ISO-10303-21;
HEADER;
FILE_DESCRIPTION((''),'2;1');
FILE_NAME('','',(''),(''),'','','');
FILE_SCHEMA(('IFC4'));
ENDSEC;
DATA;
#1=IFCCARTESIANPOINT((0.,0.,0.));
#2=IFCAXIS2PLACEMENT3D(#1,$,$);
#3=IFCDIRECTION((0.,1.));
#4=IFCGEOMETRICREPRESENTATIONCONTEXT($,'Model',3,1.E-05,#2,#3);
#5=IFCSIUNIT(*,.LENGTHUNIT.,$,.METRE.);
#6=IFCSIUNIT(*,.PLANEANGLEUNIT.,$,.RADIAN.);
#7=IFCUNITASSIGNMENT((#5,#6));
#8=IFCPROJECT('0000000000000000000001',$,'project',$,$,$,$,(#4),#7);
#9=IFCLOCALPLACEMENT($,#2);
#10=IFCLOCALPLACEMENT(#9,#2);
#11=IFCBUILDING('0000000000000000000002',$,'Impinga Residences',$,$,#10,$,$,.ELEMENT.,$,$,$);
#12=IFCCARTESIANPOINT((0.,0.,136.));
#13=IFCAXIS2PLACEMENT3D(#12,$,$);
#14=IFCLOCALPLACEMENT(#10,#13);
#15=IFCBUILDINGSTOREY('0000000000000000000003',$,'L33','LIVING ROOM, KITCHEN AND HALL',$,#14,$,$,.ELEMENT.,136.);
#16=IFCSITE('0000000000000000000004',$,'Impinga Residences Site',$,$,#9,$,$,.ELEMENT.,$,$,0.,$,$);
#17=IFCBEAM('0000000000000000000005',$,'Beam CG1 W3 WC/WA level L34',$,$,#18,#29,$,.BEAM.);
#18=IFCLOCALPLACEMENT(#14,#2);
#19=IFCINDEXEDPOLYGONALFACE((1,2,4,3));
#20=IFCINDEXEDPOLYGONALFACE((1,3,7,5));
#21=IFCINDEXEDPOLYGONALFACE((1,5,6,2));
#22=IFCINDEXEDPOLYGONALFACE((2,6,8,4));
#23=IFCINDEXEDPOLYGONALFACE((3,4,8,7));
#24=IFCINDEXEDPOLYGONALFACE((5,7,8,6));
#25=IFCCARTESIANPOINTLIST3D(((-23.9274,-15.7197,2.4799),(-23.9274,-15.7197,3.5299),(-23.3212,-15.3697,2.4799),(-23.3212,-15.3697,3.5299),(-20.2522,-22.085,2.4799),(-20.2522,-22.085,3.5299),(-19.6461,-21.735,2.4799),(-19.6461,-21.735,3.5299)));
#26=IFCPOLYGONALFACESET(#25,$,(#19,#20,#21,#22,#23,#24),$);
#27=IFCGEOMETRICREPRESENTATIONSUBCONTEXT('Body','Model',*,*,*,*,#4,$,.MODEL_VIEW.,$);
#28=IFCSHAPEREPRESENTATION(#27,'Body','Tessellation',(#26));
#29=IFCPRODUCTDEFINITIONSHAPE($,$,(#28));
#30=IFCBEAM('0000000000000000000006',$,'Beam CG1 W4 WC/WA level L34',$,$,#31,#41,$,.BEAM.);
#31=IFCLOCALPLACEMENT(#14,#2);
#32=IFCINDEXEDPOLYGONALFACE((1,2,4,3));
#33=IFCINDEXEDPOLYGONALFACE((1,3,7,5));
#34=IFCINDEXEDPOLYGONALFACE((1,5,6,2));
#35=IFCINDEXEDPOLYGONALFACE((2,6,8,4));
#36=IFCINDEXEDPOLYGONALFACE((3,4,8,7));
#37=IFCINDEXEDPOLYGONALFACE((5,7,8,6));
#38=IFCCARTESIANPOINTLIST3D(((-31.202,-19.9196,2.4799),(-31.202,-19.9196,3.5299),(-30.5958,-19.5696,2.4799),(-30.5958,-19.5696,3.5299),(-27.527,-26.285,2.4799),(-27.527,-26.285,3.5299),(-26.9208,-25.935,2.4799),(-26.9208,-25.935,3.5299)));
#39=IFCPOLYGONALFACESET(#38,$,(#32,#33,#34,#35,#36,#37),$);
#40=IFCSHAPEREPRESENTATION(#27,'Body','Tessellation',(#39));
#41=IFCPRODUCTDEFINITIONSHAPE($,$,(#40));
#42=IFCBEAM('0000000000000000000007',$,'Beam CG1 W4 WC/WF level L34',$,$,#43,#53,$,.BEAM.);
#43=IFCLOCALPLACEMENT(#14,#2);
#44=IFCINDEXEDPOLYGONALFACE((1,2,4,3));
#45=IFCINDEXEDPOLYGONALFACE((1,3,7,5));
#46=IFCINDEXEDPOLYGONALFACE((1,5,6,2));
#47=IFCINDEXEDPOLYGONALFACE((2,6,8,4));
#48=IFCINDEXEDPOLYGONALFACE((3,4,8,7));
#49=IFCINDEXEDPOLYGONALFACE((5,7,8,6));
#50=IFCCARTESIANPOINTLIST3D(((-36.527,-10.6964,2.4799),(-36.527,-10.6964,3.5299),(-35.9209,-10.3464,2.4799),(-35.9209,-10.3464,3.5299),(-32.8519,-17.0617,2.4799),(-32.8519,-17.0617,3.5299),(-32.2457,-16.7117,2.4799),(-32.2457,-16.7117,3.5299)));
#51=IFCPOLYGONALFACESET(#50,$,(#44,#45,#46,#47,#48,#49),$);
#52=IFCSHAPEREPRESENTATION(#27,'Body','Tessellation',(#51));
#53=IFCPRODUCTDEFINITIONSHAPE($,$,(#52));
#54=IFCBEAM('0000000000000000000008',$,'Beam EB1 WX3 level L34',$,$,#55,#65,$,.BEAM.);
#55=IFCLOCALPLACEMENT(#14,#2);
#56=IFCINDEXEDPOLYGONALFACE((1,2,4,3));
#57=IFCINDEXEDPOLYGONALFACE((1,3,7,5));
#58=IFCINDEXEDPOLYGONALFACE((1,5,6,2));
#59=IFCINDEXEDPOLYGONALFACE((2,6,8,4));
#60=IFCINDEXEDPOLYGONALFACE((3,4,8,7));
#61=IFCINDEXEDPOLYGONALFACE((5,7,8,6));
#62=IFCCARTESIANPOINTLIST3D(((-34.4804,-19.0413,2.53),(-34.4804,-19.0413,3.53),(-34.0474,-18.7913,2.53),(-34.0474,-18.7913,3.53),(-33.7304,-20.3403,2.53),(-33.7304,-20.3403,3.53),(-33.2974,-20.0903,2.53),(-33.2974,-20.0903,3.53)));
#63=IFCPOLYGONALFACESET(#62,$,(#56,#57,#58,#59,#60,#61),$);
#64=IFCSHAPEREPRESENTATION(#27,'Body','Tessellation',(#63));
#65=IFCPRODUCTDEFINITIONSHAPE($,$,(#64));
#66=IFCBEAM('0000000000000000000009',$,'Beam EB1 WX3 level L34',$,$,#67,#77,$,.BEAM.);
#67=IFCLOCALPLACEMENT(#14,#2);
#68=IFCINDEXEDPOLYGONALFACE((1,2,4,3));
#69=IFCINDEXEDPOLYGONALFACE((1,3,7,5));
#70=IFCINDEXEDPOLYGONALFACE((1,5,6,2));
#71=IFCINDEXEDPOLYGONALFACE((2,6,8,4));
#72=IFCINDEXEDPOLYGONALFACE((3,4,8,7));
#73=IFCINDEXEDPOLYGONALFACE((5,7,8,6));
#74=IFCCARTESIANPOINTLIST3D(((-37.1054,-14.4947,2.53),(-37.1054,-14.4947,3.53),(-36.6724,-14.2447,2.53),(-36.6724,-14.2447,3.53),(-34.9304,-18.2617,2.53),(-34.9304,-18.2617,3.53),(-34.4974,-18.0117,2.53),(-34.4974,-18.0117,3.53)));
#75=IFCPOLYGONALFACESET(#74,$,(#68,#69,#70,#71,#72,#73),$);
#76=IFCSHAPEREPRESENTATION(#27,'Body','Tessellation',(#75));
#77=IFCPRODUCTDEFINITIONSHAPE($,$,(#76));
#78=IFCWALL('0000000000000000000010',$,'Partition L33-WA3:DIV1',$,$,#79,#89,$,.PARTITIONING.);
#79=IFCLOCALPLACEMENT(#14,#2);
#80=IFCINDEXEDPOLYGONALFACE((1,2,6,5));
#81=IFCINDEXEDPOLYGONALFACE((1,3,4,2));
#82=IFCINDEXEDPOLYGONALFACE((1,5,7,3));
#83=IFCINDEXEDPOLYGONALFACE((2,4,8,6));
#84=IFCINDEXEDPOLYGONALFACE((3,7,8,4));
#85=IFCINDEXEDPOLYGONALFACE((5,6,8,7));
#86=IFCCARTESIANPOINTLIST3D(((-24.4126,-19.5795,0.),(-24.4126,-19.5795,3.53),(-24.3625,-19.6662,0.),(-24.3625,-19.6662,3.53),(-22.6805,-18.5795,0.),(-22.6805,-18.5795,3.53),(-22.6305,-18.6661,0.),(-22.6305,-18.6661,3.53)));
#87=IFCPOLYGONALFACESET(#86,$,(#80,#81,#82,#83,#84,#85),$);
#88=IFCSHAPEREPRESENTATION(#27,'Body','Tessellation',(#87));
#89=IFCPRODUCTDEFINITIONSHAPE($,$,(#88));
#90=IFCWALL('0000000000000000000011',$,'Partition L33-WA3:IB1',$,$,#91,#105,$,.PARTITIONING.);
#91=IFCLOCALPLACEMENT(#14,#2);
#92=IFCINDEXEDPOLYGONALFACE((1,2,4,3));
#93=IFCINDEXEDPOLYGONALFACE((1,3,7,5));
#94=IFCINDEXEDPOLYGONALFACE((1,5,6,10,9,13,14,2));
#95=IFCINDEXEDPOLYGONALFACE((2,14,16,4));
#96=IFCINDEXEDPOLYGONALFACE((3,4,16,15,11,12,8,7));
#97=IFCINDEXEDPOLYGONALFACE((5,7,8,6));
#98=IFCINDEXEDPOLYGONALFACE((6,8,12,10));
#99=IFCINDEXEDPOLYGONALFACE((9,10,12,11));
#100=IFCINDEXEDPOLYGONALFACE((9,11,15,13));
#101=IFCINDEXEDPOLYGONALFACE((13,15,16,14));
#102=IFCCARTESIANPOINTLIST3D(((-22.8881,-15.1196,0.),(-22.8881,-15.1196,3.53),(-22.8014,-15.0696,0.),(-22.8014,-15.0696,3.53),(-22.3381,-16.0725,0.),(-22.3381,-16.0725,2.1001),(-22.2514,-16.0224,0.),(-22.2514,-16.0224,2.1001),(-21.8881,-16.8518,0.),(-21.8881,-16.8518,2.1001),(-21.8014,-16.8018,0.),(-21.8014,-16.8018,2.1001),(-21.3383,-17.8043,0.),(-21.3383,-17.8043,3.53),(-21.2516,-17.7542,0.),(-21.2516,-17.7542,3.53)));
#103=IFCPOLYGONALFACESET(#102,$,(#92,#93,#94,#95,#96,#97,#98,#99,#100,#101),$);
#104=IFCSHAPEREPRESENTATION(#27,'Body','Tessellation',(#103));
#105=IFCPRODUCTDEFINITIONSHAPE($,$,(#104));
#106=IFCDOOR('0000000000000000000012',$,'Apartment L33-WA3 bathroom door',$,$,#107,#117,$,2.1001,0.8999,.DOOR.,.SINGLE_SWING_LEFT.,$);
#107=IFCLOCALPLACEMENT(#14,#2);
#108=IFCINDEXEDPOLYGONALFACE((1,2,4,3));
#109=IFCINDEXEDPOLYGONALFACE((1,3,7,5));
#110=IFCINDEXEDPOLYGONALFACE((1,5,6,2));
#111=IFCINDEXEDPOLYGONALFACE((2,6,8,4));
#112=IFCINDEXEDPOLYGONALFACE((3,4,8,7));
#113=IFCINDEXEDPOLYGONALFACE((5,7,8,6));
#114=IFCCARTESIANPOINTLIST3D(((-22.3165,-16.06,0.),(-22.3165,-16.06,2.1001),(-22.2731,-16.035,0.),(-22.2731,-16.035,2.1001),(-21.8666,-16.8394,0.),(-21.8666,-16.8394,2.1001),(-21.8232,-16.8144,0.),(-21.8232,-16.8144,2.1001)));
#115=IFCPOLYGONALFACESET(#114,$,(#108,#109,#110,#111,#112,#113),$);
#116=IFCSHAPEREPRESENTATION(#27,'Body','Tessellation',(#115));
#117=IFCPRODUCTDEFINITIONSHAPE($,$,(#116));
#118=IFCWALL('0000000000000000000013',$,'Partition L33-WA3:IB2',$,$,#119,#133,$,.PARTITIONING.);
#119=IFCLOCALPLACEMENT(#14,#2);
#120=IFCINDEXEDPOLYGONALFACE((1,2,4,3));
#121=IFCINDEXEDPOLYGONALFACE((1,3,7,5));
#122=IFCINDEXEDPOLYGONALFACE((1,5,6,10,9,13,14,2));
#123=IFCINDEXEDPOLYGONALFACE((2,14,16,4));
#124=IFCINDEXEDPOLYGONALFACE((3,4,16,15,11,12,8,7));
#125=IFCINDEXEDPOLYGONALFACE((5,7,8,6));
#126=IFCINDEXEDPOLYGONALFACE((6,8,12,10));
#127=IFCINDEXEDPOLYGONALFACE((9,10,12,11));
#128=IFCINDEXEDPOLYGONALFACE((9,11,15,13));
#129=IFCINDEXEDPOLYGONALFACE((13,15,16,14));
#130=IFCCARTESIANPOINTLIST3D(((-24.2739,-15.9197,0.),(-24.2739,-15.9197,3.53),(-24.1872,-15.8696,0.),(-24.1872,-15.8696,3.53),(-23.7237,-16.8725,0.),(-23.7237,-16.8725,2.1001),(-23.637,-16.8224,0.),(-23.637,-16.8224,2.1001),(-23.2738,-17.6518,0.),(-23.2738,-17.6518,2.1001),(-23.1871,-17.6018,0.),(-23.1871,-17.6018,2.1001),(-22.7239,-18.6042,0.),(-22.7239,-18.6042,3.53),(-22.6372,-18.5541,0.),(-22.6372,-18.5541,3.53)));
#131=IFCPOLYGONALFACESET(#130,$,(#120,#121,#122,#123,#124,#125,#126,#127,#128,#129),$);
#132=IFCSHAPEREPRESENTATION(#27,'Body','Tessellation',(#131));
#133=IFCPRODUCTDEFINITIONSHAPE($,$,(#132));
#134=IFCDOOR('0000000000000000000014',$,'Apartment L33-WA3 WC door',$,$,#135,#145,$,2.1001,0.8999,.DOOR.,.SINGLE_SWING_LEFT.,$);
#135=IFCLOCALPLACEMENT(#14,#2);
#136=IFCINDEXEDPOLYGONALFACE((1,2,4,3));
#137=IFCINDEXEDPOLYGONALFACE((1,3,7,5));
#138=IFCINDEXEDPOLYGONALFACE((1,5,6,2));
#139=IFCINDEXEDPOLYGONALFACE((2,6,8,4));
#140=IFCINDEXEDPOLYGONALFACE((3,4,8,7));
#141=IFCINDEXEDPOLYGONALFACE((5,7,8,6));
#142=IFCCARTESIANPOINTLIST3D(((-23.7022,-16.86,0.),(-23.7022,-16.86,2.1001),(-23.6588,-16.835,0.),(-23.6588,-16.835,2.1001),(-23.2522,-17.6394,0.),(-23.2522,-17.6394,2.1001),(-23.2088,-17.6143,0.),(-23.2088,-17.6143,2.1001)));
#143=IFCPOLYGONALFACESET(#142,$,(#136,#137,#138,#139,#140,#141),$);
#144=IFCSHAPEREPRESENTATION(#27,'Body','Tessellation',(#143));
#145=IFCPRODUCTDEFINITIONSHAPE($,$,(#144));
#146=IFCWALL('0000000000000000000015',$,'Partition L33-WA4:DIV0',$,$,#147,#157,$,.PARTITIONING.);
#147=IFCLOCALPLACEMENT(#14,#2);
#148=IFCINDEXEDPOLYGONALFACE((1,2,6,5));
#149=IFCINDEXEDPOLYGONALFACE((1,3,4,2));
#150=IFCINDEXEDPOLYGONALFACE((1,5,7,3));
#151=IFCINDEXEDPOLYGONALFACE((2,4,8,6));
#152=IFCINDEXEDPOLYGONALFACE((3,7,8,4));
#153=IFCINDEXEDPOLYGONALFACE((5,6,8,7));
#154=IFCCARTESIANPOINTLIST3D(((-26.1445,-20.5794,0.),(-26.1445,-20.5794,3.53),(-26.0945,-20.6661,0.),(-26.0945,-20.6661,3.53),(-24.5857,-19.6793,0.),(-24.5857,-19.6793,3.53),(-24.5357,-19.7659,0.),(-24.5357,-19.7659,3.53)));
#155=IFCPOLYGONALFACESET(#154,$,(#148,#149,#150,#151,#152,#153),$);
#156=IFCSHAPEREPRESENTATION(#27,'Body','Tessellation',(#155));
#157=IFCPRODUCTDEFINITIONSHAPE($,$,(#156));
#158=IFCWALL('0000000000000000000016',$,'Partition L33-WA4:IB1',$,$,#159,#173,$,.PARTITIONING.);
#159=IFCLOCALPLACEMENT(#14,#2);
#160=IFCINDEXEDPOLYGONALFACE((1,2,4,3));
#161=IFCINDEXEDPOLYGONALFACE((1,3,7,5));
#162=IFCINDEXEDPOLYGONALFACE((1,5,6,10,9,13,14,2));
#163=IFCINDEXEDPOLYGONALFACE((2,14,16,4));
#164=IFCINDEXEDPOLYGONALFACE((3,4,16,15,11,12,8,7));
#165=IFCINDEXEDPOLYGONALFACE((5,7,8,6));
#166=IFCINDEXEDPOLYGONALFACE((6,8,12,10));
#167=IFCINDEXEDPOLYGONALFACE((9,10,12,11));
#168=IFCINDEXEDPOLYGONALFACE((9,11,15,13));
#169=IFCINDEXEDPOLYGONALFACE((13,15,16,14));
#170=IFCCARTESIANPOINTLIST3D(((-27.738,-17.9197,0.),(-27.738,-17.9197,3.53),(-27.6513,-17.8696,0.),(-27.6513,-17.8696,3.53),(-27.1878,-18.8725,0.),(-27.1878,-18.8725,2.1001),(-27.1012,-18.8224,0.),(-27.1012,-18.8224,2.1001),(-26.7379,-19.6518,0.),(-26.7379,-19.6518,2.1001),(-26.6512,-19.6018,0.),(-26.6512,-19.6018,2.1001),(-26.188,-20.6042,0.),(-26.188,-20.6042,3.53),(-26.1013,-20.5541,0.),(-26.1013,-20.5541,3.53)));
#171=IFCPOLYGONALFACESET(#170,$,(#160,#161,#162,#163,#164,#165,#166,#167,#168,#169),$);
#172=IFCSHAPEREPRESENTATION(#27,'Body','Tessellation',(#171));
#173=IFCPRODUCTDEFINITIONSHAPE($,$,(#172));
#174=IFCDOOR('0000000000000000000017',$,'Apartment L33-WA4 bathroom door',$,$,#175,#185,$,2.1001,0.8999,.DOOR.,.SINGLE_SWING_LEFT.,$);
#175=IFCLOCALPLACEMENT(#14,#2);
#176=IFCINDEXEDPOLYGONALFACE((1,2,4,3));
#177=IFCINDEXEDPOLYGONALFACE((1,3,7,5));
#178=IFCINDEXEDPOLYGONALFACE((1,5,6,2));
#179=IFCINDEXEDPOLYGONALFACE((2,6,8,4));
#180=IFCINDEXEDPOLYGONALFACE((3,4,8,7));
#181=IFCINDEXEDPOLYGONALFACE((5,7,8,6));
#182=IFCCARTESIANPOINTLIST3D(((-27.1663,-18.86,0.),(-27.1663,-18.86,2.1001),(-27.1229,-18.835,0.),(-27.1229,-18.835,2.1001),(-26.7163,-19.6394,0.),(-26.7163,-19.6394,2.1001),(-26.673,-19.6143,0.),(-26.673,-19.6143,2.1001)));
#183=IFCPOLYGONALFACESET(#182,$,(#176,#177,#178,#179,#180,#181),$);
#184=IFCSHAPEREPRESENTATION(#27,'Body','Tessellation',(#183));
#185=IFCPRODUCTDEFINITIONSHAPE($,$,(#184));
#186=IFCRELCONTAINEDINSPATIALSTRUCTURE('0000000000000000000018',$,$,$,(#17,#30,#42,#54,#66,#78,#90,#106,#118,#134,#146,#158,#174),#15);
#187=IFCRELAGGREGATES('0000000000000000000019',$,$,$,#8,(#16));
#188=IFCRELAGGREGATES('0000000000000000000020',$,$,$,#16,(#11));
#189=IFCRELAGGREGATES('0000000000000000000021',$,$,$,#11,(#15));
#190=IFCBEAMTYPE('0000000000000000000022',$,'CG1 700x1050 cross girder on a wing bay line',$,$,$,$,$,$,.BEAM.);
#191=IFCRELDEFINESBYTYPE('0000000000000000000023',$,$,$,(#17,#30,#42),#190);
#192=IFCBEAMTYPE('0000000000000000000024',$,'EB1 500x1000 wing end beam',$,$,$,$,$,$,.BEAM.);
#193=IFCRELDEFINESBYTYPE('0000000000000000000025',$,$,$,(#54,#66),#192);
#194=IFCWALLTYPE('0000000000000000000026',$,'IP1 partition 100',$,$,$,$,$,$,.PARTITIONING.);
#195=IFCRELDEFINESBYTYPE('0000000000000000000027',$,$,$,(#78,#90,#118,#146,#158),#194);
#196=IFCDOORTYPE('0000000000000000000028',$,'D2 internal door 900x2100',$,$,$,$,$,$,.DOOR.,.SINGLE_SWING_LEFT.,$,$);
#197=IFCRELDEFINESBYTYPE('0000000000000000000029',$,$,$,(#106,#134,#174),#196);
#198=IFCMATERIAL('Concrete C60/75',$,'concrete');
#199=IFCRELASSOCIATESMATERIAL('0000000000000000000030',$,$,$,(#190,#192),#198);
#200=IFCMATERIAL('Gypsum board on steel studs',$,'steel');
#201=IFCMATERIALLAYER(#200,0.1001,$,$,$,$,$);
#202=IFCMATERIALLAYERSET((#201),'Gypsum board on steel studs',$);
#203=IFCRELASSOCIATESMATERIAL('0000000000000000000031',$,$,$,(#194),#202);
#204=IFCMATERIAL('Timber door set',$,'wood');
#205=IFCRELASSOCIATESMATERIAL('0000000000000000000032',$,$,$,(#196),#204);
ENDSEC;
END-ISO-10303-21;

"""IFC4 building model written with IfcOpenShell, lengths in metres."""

from ifc_helpers import new_model, si_unit, direction, frame, frame_2d, origin, origin_2d, place, context, subcontext, project, spatial, rectangle, extrude, material, layer, layer_set, material_profile, profile_set, type_object, element, fill, save


model = new_model("IFC4")

# Units and contexts
model_context = context("Model", 3, precision=1e-05, world=origin(), true_north=direction((0.0, 1.0)))
body_context = subcontext(model_context, "Body", "Model", "MODEL_VIEW")
ifc_project = project(units=[si_unit("LENGTHUNIT", "METRE"), si_unit("PLANEANGLEUNIT", "RADIAN")], contexts=[model_context])

# Site, building, storey
site_placement = place(None, origin())
site = spatial("IfcSite", under=ifc_project, at=site_placement, Name="Impinga Residences Site", CompositionType="ELEMENT", RefElevation=0.0)
building_placement = place(site_placement, origin())
building = spatial("IfcBuilding", under=site, at=building_placement, Name="Impinga Residences", CompositionType="ELEMENT")
storey_placement = place(building_placement, frame((0.0, 0.0, 136.0)))
storey = spatial("IfcBuildingStorey", under=building, at=storey_placement, Name="L33", Description="LIVING ROOM, KITCHEN AND HALL", CompositionType="ELEMENT", Elevation=136.0)

# Beams
ifc_material_1 = material(Name="Concrete C60/75", Category="concrete")
ifc_material_profile_1 = material_profile(ifc_material_1, rectangle(XDim=0.7, YDim=1.05, at=origin_2d()), Name="RC 700x1050")
ifc_profile_set_1 = profile_set([ifc_material_profile_1], Name="Concrete C60/75")
beam_type_1 = type_object("IfcBeamType", Name="CG1 700x1050 cross girder on a wing bay line", PredefinedType="BEAM", material=ifc_profile_set_1)
for number, where, z_axis, x_axis, name in (
    (1, (-23.6243, -15.5447, 3.0049), (0.500008, -0.866021, 0.0), (0.866021, 0.500008, 0.0), "Beam CG1 W3 WC/WA level L34"),
    (2, (-30.8989, -19.7446, 3.0049), (0.499994, -0.866029, 0.0), (0.866029, 0.499994, 0.0), "Beam CG1 W4 WC/WA level L34"),
    (3, (-32.5488, -16.8867, 3.0049), (-0.500008, 0.866021, 0.0), (-0.866021, -0.500008, 0.0), "Beam CG1 W4 WC/WF level L34"),
):
    element("IfcBeam", number, at=place(storey_placement, frame(where, z_axis=z_axis, x_axis=x_axis)), inside=storey, type_object=beam_type_1, Name=name, PredefinedType="BEAM", context=body_context, shape_type="SweptSolid", body=[
        extrude(rectangle(XDim=0.7, YDim=1.05, at=origin_2d()), origin(), (0.0, 0.0, 1.0), 7.3501),
    ])
ifc_material_profile_2 = material_profile(ifc_material_1, rectangle(XDim=0.5, YDim=1.0, at=origin_2d()), Name="RC 500x1000")
ifc_profile_set_2 = profile_set([ifc_material_profile_2], Name="Concrete C60/75")
beam_type_2 = type_object("IfcBeamType", Name="EB1 500x1000 wing end beam", PredefinedType="BEAM", material=ifc_profile_set_2)
beam_1_placement = place(storey_placement, frame((-33.5139, -20.2153, 3.03), z_axis=(-0.49999, 0.866031, 0.0), x_axis=(-0.866031, -0.49999, 0.0)))
element("IfcBeam", 4, at=beam_1_placement, inside=storey, type_object=beam_type_2, Name="Beam EB1 WX3 level L34", PredefinedType="BEAM", context=body_context, shape_type="SweptSolid", body=[
    extrude(rectangle(XDim=0.5, YDim=1.0, at=origin_2d()), origin(), (0.0, 0.0, 1.0), 1.5),
])
beam_2_placement = place(storey_placement, frame((-34.7139, -18.1367, 3.03), z_axis=(-0.50002, 0.866014, 0.0), x_axis=(-0.866014, -0.50002, 0.0)))
element("IfcBeam", 5, at=beam_2_placement, inside=storey, type_object=beam_type_2, Name="Beam EB1 WX3 level L34", PredefinedType="BEAM", context=body_context, shape_type="SweptSolid", body=[
    extrude(rectangle(XDim=0.5, YDim=1.0, at=origin_2d()), origin(), (0.0, 0.0, 1.0), 4.3499),
])

# Wall
ifc_material_2 = material(Name="Gypsum board on steel studs", Category="steel")
ifc_layer_1 = layer(ifc_material_2, 0.1001)
ifc_layer_set_1 = layer_set([ifc_layer_1], Name="Gypsum board on steel studs")
wall_type_1 = type_object("IfcWallType", Name="IP1 partition 100", PredefinedType="PARTITIONING", material=ifc_layer_set_1)
wall_1_placement = place(storey_placement, frame((-22.6555, -18.6228, 0.0), z_axis=(0.0, 0.0, 1.0), x_axis=(-0.866011, -0.500025, 0.0)))
element("IfcWall", 6, at=wall_1_placement, inside=storey, type_object=wall_type_1, Name="Partition L33-WA3:DIV1", PredefinedType="PARTITIONING", context=body_context, shape_type="SweptSolid", body=[
    extrude(rectangle(XDim=2.0, YDim=0.1001, at=frame_2d((1.0, 0.0))), origin(), (0.0, 0.0, 1.0), 3.53),
])

# Walls, openings, doors
wall_2_placement = place(storey_placement, frame((-22.8447, -15.0947, 0.0), z_axis=(0.0, 0.0, 1.0), x_axis=(0.499968, -0.866044, 0.0)))
wall_2 = element("IfcWall", 7, at=wall_2_placement, inside=storey, type_object=wall_type_1, Name="Partition L33-WA3:IB1", PredefinedType="PARTITIONING", context=body_context, shape_type="SweptSolid", body=[
    extrude(rectangle(XDim=3.0999, YDim=0.1001, at=frame_2d((1.5498, 0.0))), origin(), (0.0, 0.0, 1.0), 3.53),
])
opening_1_placement = place(wall_2_placement, frame((1.1001, 0.0, 0.0)))
opening_1 = element("IfcOpeningElement", 8, at=opening_1_placement, cuts=wall_2, PredefinedType="OPENING", context=body_context, shape_type="SweptSolid", body=[
    extrude(rectangle(XDim=0.8999, YDim=2.1001, at=frame_2d((0.45, 1.05))), frame((0.0, 0.0601, 0.0), z_axis=(0.0, -1.0, 0.0), x_axis=(1.0, 0.0, 0.0)), (0.0, 0.0, 1.0), 0.1201),
])
ifc_material_3 = material(Name="Timber door set", Category="wood")
door_type = type_object("IfcDoorType", Name="D2 internal door 900x2100", OperationType="SINGLE_SWING_LEFT", PredefinedType="DOOR", material=ifc_material_3)
door_1_placement = place(opening_1_placement, origin())
door_1 = element("IfcDoor", 9, at=door_1_placement, inside=storey, type_object=door_type, Name="Apartment L33-WA3 bathroom door", OperationType="SINGLE_SWING_LEFT", OverallHeight=2.1001, OverallWidth=0.8999, PredefinedType="DOOR", context=body_context, shape_type="SweptSolid", body=[
    extrude(rectangle(XDim=0.8999, YDim=2.1001, at=frame_2d((0.45, 1.05))), frame((0.0, 0.0249, 0.0), z_axis=(0.0, -1.0, 0.0), x_axis=(1.0, 0.0, 0.0)), (0.0, 0.0, 1.0), 0.05),
])
fill(opening_1, door_1)
wall_3_placement = place(storey_placement, frame((-24.2305, -15.8948, 0.0), z_axis=(0.0, 0.0, 1.0), x_axis=(0.500027, -0.86601, 0.0)))
wall_3 = element("IfcWall", 10, at=wall_3_placement, inside=storey, type_object=wall_type_1, Name="Partition L33-WA3:IB2", PredefinedType="PARTITIONING", context=body_context, shape_type="SweptSolid", body=[
    extrude(rectangle(XDim=3.0999, YDim=0.1001, at=frame_2d((1.5498, 0.0))), origin(), (0.0, 0.0, 1.0), 3.53),
])
opening_2_placement = place(wall_3_placement, frame((1.1001, 0.0, 0.0)))
opening_2 = element("IfcOpeningElement", 11, at=opening_2_placement, cuts=wall_3, PredefinedType="OPENING", context=body_context, shape_type="SweptSolid", body=[
    extrude(rectangle(XDim=0.8999, YDim=2.1001, at=frame_2d((0.45, 1.05))), frame((0.0, 0.0601, 0.0), z_axis=(0.0, -1.0, 0.0), x_axis=(1.0, 0.0, 0.0)), (0.0, 0.0, 1.0), 0.1201),
])
door_2_placement = place(opening_2_placement, origin())
door_2 = element("IfcDoor", 12, at=door_2_placement, inside=storey, type_object=door_type, Name="Apartment L33-WA3 WC door", OperationType="SINGLE_SWING_LEFT", OverallHeight=2.1001, OverallWidth=0.8999, PredefinedType="DOOR", context=body_context, shape_type="SweptSolid", body=[
    extrude(rectangle(XDim=0.8999, YDim=2.1001, at=frame_2d((0.45, 1.05))), frame((0.0, 0.0249, 0.0), z_axis=(0.0, -1.0, 0.0), x_axis=(1.0, 0.0, 0.0)), (0.0, 0.0, 1.0), 0.05),
])
fill(opening_2, door_2)

# Wall
wall_4_placement = place(storey_placement, frame((-24.5608, -19.7227, 0.0), z_axis=(0.0, 0.0, 1.0), x_axis=(-0.865989, -0.500063, 0.0)))
element("IfcWall", 13, at=wall_4_placement, inside=storey, type_object=wall_type_1, Name="Partition L33-WA4:DIV0", PredefinedType="PARTITIONING", context=body_context, shape_type="SweptSolid", body=[
    extrude(rectangle(XDim=1.8, YDim=0.1001, at=frame_2d((0.8999, 0.0))), origin(), (0.0, 0.0, 1.0), 3.53),
])

# Wall, opening, door
wall_5_placement = place(storey_placement, frame((-27.6946, -17.8948, 0.0), z_axis=(0.0, 0.0, 1.0), x_axis=(0.500027, -0.86601, 0.0)))
wall_5 = element("IfcWall", 14, at=wall_5_placement, inside=storey, type_object=wall_type_1, Name="Partition L33-WA4:IB1", PredefinedType="PARTITIONING", context=body_context, shape_type="SweptSolid", body=[
    extrude(rectangle(XDim=3.0999, YDim=0.1001, at=frame_2d((1.5498, 0.0))), origin(), (0.0, 0.0, 1.0), 3.53),
])
opening_3_placement = place(wall_5_placement, frame((1.1001, 0.0, 0.0)))
opening_3 = element("IfcOpeningElement", 15, at=opening_3_placement, cuts=wall_5, PredefinedType="OPENING", context=body_context, shape_type="SweptSolid", body=[
    extrude(rectangle(XDim=0.8999, YDim=2.1001, at=frame_2d((0.45, 1.05))), frame((0.0, 0.0601, 0.0), z_axis=(0.0, -1.0, 0.0), x_axis=(1.0, 0.0, 0.0)), (0.0, 0.0, 1.0), 0.1201),
])
door_3_placement = place(opening_3_placement, origin())
door_3 = element("IfcDoor", 16, at=door_3_placement, inside=storey, type_object=door_type, Name="Apartment L33-WA4 bathroom door", OperationType="SINGLE_SWING_LEFT", OverallHeight=2.1001, OverallWidth=0.8999, PredefinedType="DOOR", context=body_context, shape_type="SweptSolid", body=[
    extrude(rectangle(XDim=0.8999, YDim=2.1001, at=frame_2d((0.45, 1.05))), frame((0.0, 0.0249, 0.0), z_axis=(0.0, -1.0, 0.0), x_axis=(1.0, 0.0, 0.0)), (0.0, 0.0, 1.0), 0.05),
])
fill(opening_3, door_3)

save(model, "model.ifc")
